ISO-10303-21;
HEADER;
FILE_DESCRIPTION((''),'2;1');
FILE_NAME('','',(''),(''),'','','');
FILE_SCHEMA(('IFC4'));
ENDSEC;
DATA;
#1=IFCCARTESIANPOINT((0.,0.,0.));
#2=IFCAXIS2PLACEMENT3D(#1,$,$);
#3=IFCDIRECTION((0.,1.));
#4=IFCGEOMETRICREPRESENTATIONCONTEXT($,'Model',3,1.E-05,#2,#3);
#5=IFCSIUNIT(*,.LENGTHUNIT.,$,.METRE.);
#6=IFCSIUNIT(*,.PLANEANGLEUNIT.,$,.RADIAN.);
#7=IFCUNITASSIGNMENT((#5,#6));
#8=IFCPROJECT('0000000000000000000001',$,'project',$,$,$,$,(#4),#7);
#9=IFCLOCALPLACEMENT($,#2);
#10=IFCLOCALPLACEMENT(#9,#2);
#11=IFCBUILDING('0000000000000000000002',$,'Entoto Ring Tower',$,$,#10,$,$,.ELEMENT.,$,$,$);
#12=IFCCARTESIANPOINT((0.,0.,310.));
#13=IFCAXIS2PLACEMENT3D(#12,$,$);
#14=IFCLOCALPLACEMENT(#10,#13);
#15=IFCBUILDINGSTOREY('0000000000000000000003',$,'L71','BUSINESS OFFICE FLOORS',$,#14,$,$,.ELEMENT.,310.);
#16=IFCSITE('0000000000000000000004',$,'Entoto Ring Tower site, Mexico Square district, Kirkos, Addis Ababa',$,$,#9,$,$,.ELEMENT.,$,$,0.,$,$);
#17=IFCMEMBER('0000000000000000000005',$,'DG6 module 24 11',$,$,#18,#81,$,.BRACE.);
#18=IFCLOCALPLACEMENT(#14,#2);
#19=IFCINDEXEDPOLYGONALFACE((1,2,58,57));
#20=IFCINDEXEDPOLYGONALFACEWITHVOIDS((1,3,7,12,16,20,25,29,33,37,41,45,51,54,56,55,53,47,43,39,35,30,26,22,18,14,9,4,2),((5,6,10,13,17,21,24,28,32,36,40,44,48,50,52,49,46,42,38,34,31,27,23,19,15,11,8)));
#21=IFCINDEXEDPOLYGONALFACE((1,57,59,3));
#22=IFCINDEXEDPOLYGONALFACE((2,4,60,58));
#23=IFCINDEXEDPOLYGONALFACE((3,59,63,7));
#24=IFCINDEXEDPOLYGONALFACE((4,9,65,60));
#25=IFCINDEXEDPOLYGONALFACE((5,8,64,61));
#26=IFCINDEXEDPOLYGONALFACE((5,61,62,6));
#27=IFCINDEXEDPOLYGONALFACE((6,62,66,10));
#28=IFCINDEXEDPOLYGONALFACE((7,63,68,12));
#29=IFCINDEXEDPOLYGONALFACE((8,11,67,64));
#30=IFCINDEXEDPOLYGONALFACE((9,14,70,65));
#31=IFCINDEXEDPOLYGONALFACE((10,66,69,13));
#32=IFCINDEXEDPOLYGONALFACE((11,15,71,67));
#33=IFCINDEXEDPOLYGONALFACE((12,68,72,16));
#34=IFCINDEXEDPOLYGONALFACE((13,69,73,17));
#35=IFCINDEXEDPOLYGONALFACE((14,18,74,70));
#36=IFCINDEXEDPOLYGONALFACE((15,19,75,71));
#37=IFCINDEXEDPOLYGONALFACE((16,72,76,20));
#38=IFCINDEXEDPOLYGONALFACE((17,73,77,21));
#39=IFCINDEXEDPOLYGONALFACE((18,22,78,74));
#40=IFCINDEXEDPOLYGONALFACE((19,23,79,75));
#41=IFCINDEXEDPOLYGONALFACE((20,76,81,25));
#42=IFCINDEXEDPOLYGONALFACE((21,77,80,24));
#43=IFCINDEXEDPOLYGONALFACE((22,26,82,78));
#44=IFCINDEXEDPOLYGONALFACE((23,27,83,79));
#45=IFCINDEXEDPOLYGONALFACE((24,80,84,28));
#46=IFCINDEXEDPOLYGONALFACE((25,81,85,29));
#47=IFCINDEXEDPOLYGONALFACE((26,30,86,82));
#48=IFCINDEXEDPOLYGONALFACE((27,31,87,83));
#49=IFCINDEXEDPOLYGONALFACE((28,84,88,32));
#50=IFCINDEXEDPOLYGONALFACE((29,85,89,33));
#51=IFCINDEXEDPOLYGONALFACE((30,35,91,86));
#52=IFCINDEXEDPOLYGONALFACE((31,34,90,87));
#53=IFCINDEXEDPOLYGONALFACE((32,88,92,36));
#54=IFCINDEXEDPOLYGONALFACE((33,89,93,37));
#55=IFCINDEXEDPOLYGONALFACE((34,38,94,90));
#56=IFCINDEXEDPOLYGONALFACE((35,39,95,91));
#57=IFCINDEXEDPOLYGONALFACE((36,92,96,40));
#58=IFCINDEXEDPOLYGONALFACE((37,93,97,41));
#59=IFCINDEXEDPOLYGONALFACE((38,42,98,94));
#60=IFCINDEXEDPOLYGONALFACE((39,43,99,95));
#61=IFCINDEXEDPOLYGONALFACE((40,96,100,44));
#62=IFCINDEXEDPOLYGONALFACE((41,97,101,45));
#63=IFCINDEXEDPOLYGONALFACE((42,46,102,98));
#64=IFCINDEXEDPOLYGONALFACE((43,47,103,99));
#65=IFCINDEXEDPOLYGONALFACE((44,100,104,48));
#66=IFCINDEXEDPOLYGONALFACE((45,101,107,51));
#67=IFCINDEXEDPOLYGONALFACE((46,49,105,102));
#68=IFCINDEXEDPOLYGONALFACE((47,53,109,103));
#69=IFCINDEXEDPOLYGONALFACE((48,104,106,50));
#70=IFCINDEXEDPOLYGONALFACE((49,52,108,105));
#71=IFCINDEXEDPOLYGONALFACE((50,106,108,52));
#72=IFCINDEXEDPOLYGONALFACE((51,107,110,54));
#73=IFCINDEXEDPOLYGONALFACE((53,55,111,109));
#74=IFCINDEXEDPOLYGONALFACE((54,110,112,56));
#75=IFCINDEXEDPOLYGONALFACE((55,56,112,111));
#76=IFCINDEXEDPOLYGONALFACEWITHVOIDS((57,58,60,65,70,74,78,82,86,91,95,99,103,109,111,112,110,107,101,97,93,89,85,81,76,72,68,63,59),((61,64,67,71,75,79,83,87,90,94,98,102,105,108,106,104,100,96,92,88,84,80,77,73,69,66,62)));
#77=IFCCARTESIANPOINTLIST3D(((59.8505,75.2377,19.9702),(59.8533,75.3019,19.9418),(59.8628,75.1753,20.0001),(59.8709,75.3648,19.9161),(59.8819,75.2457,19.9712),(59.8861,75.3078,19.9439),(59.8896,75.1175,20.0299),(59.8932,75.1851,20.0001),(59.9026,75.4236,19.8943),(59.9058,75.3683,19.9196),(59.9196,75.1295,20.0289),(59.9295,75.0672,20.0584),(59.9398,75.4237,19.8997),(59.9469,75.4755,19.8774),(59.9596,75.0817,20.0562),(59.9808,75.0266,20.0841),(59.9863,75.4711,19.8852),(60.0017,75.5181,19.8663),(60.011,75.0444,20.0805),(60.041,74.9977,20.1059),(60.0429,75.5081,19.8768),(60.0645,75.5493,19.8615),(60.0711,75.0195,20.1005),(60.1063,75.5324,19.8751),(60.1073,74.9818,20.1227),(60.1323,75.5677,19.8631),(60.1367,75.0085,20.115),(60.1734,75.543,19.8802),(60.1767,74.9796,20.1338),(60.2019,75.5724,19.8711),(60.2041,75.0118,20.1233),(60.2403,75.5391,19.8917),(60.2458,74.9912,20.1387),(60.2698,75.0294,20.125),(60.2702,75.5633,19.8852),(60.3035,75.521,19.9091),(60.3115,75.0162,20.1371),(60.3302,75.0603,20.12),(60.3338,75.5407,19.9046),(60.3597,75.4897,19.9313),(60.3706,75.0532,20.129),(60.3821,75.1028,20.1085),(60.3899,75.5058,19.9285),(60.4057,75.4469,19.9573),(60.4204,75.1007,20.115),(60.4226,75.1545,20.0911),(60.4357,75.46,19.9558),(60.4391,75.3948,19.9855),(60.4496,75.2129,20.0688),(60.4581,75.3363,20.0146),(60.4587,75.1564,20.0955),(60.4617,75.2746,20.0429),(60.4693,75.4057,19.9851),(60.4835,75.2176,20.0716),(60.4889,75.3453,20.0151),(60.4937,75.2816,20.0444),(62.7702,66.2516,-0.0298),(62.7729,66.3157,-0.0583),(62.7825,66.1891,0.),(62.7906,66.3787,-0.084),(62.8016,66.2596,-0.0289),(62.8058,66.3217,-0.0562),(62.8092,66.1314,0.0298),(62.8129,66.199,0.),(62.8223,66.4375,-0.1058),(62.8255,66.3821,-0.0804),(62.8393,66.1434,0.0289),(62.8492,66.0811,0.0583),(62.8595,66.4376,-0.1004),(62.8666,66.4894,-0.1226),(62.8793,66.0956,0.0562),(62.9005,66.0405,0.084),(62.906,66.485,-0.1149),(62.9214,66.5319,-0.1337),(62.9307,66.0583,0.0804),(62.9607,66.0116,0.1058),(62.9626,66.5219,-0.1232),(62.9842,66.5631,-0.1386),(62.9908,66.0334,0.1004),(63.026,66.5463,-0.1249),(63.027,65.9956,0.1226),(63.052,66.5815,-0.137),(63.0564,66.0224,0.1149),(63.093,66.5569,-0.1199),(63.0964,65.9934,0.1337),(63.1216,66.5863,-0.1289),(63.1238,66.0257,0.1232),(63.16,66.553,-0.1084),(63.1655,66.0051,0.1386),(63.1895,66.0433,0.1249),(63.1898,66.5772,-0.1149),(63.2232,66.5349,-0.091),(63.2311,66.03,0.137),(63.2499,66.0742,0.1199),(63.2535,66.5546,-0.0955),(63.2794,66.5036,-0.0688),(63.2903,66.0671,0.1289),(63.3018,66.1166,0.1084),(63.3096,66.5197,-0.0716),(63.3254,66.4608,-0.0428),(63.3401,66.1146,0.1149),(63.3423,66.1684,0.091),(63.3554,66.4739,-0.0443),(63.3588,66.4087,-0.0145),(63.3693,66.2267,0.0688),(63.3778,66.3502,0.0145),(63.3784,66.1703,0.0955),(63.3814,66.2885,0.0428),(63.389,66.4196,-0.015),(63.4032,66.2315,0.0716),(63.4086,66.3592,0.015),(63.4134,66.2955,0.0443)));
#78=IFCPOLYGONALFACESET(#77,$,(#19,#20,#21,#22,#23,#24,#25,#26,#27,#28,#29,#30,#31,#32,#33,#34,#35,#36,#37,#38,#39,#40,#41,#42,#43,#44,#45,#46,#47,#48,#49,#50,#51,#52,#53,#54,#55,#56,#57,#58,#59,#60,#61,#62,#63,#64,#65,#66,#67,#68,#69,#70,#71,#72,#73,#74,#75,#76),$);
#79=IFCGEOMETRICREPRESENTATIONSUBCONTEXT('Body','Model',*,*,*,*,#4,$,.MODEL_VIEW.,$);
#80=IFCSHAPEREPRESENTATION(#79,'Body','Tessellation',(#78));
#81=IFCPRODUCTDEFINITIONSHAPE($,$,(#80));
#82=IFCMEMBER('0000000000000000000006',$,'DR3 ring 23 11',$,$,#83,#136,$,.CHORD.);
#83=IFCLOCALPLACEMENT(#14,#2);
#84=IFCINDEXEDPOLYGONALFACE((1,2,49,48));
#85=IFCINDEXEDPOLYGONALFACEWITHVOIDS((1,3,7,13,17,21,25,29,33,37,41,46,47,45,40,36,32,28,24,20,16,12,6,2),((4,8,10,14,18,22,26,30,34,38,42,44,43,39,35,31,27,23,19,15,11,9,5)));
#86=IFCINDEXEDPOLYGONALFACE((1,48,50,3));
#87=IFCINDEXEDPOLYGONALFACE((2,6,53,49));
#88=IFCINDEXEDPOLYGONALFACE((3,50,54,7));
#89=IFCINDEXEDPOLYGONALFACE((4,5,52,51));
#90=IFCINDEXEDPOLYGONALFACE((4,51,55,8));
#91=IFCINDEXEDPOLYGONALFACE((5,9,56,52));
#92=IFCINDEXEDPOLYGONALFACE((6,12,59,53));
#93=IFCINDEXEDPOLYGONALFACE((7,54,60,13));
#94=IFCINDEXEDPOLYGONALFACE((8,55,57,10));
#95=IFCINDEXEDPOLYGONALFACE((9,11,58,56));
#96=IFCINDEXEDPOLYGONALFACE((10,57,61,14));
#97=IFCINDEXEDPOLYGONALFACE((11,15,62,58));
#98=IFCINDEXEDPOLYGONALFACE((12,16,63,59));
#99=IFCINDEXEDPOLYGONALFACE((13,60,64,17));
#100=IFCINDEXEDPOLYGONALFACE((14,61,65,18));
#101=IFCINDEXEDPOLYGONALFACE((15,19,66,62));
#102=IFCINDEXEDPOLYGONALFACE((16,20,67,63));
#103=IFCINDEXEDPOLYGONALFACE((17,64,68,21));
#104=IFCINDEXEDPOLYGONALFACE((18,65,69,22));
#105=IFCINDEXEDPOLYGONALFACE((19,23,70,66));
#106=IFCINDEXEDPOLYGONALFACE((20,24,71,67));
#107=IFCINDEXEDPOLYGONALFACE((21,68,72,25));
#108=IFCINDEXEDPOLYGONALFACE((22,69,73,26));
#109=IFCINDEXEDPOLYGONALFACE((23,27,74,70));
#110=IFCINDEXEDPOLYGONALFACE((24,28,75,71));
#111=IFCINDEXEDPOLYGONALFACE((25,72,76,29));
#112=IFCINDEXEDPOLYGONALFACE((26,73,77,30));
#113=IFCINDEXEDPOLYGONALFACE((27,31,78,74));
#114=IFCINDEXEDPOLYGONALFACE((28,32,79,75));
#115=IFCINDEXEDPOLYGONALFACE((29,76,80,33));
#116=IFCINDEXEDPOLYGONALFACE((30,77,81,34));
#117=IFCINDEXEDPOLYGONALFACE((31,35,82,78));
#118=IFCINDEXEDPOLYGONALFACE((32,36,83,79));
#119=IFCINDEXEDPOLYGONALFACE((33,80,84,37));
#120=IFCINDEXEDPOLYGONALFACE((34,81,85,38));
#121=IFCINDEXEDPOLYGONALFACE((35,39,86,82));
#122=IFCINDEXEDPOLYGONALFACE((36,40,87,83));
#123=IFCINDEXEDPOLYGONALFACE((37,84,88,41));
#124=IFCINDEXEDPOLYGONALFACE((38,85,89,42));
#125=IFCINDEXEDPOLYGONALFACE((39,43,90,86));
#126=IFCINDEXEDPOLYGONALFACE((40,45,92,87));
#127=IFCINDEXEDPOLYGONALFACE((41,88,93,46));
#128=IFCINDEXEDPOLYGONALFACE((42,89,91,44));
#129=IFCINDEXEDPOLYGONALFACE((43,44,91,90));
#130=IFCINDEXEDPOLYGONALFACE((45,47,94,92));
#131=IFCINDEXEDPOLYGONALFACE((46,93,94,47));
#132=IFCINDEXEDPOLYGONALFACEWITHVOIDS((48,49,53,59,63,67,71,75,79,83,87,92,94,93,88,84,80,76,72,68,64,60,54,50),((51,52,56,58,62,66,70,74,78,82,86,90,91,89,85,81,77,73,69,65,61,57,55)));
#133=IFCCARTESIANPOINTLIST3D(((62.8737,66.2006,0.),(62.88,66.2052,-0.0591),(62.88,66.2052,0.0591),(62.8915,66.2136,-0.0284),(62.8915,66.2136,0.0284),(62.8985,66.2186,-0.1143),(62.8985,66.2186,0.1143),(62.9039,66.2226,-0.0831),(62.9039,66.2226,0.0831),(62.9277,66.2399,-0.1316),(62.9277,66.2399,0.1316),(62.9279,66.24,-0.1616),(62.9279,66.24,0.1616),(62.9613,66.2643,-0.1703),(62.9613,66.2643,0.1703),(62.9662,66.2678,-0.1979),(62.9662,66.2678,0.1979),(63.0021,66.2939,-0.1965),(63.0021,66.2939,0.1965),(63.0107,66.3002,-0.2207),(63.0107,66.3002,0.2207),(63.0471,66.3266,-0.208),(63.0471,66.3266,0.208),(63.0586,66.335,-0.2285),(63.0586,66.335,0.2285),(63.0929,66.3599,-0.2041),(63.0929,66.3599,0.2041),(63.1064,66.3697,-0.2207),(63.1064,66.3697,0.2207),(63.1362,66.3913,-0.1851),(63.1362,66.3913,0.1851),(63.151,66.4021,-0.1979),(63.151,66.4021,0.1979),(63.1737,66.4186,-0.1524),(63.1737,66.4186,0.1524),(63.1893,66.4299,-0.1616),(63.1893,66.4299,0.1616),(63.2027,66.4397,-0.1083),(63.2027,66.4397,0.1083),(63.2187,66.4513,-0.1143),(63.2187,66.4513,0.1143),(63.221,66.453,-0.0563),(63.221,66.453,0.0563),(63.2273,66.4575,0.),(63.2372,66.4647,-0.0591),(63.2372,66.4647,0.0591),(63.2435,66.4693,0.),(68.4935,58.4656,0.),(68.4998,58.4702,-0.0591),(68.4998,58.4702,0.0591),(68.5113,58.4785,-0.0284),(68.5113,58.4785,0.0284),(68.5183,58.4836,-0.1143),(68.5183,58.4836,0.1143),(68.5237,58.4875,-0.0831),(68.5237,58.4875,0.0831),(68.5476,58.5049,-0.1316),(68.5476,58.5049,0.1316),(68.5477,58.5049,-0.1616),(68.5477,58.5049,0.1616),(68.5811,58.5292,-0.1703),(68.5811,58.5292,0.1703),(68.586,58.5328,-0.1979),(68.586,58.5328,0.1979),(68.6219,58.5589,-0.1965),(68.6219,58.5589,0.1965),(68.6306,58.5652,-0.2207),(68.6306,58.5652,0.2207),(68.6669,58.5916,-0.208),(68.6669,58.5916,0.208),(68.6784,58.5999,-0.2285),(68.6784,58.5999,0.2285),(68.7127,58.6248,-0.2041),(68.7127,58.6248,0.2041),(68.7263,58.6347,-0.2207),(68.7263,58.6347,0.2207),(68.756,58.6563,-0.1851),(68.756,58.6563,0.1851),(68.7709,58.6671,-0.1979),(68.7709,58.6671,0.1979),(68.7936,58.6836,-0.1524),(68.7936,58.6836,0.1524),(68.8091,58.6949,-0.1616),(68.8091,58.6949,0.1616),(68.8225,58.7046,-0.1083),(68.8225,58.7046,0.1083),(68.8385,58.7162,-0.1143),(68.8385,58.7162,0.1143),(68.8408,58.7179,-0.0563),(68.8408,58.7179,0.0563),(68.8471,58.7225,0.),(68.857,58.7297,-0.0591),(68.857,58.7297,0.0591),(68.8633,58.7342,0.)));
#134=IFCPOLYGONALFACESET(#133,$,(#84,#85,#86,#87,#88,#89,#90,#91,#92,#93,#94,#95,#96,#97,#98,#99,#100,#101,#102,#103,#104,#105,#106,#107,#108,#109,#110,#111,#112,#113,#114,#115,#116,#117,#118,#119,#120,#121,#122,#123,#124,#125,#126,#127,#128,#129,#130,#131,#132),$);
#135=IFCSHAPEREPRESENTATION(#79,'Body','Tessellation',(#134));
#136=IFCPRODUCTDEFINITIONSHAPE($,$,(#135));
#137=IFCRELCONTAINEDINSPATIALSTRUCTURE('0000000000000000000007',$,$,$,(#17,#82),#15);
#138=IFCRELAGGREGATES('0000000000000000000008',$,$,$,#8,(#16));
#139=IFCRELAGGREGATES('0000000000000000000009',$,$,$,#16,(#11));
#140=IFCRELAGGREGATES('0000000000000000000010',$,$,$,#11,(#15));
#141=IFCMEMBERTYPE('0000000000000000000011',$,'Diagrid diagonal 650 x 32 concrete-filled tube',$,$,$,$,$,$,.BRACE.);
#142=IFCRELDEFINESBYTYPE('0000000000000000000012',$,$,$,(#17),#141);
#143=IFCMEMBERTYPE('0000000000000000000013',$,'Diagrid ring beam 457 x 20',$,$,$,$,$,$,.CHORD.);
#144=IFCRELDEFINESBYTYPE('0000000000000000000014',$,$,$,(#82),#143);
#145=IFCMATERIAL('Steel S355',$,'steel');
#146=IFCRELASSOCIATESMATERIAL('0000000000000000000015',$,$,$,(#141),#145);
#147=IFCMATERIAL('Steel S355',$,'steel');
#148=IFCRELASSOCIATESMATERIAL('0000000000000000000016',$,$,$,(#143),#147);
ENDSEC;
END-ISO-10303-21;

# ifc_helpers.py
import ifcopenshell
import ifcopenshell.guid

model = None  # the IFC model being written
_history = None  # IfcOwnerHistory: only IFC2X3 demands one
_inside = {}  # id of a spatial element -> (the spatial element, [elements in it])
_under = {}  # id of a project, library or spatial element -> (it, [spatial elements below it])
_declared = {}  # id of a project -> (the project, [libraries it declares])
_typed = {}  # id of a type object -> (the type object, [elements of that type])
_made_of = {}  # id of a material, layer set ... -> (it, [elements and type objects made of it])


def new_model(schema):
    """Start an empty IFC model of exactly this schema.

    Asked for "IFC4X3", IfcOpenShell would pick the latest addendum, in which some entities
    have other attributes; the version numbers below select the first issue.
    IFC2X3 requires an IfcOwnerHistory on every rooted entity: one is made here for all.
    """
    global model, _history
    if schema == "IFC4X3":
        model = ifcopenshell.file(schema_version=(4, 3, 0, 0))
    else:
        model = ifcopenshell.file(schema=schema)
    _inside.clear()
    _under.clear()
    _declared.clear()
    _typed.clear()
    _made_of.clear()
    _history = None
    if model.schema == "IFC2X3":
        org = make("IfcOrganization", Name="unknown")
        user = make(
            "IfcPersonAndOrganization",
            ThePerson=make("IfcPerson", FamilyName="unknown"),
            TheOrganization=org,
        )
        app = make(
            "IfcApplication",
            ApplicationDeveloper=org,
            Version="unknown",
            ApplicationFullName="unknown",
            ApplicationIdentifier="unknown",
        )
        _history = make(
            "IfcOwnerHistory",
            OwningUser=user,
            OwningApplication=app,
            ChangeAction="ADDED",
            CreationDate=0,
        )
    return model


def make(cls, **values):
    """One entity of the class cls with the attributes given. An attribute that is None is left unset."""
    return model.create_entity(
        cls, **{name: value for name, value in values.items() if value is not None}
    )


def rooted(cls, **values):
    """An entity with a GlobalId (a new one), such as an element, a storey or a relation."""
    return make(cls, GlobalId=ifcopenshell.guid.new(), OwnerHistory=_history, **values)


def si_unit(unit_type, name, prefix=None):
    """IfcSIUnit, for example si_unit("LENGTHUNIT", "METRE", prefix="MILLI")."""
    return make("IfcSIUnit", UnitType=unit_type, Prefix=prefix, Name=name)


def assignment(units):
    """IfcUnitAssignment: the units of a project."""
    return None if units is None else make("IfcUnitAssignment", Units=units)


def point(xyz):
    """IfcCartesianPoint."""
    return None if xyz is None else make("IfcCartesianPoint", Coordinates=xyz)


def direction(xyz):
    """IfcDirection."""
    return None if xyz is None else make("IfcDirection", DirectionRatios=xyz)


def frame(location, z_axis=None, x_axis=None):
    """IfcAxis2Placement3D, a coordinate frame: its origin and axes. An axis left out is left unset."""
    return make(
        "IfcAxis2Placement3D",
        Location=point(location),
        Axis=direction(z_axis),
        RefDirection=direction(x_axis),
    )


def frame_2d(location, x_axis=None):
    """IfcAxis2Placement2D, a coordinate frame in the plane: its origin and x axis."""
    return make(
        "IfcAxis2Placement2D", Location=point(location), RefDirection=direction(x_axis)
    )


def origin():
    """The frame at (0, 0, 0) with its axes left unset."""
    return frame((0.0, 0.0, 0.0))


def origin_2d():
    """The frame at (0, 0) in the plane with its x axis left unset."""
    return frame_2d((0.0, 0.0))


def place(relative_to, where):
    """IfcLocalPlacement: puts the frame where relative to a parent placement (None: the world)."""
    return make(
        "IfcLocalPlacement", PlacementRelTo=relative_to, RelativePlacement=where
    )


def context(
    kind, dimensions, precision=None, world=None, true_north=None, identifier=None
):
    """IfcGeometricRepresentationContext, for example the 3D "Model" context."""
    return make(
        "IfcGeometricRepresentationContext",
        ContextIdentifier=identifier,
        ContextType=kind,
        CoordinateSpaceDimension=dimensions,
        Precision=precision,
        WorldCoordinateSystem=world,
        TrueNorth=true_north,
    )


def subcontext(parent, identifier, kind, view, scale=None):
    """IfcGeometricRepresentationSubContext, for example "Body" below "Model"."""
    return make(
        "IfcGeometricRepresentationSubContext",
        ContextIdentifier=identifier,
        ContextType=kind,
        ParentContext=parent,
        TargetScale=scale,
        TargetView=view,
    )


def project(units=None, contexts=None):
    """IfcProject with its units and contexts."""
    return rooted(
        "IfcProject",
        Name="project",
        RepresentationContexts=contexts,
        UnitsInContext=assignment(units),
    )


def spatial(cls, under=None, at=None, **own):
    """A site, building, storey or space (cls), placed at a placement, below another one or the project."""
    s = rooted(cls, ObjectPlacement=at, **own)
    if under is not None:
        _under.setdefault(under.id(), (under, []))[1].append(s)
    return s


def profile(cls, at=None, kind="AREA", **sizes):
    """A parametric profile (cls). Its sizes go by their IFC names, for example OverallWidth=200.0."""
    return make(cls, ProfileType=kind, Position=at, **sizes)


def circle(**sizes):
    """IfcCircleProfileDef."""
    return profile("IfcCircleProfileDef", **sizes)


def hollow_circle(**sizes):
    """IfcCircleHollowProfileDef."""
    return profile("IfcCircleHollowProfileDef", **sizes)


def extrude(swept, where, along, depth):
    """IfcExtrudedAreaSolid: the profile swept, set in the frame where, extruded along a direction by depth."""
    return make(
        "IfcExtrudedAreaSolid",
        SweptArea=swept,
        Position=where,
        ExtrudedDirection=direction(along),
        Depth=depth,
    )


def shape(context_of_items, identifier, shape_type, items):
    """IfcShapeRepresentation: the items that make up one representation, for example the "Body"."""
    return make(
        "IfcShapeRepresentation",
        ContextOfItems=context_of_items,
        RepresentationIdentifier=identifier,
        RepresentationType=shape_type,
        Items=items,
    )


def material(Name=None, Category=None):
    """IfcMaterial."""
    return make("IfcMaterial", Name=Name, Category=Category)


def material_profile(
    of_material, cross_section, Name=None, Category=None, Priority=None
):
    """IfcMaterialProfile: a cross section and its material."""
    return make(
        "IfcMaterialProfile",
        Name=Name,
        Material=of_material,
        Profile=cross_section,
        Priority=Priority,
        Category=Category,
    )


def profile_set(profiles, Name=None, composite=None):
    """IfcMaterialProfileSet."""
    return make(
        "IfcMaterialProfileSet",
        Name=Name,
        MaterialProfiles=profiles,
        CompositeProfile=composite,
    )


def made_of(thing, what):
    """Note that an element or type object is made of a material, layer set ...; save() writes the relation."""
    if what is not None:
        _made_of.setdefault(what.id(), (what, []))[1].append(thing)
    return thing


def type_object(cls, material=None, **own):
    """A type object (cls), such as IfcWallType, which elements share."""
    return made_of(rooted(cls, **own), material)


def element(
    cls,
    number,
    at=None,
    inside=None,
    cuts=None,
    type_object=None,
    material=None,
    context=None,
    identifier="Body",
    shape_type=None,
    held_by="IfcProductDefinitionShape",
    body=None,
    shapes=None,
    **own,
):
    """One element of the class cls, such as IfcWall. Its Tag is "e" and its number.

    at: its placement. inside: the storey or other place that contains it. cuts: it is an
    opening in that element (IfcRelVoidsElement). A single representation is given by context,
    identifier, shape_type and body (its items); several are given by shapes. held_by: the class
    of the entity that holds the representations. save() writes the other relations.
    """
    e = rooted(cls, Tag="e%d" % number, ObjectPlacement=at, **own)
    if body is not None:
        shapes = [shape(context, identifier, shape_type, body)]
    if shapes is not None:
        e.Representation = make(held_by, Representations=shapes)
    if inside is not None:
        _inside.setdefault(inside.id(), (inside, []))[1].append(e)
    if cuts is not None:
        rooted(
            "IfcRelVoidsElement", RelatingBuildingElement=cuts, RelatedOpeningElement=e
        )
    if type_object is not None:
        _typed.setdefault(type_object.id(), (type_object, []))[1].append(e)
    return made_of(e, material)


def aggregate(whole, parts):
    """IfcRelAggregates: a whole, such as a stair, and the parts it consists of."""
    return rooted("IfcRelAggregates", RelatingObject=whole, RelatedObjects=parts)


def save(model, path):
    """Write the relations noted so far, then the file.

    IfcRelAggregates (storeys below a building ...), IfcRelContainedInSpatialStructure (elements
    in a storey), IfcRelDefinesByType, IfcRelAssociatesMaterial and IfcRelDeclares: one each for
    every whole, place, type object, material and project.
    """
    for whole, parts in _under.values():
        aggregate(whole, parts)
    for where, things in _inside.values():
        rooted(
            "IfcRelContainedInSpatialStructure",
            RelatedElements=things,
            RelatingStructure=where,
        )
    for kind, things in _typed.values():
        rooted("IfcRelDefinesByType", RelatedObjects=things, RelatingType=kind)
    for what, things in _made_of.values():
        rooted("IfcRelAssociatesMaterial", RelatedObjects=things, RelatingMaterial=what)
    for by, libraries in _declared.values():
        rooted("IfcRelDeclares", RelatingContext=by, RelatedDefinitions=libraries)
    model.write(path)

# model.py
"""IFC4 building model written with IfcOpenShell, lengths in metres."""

from ifc_helpers import new_model, si_unit, direction, frame, origin, origin_2d, place, context, subcontext, project, spatial, circle, hollow_circle, extrude, material, material_profile, profile_set, type_object, element, save


model = new_model("IFC4")

# Units and contexts
model_context = context("Model", 3, precision=1e-05, world=origin(), true_north=direction((0.0, 1.0)))
body_context = subcontext(model_context, "Body", "Model", "MODEL_VIEW")
ifc_project = project(units=[si_unit("LENGTHUNIT", "METRE"), si_unit("PLANEANGLEUNIT", "RADIAN")], contexts=[model_context])

# Site, building, storey
site_placement = place(None, origin())
site = spatial("IfcSite", under=ifc_project, at=site_placement, Name="Entoto Ring Tower site, Mexico Square district, Kirkos, Addis Ababa", CompositionType="ELEMENT", RefElevation=0.0)
building_placement = place(site_placement, origin())
building = spatial("IfcBuilding", under=site, at=building_placement, Name="Entoto Ring Tower", CompositionType="ELEMENT")
storey_placement = place(building_placement, frame((0.0, 0.0, 310.0)))
storey = spatial("IfcBuildingStorey", under=building, at=storey_placement, Name="L71", Description="BUSINESS OFFICE FLOORS", CompositionType="ELEMENT", Elevation=310.0)

# Members
ifc_material_1 = material(Name="Steel S355", Category="steel")
ifc_material_profile_1 = material_profile(ifc_material_1, hollow_circle(Radius=0.325, WallThickness=0.032, at=origin_2d()), Name="CHS 650 x 32")
ifc_material_2 = material(Name="Concrete C60/75", Category="concrete")
ifc_material_profile_2 = material_profile(ifc_material_2, circle(Radius=0.293, at=origin_2d()), Name="Concrete C60/75 infill")
ifc_profile_set_1 = profile_set([ifc_material_profile_1, ifc_material_profile_2], Name="Steel S355")
member_type_1 = type_object("IfcMemberType", Name="Diagrid diagonal 650 x 32 concrete-filled tube", PredefinedType="BRACE", material=ifc_profile_set_1)
member_1_placement = place(storey_placement, frame((63.0916, 66.2896, 0.0), z_axis=(-0.131995, 0.406251, 0.904178), x_axis=(-0.951059, -0.30901, 0.0)))
element("IfcMember", 1, at=member_1_placement, inside=storey, type_object=member_type_1, Name="DG6 module 24 11", PredefinedType="BRACE", context=body_context, shape_type="SweptSolid", body=[
    extrude(hollow_circle(Radius=0.325, WallThickness=0.032, at=origin_2d()), origin(), (0.0, 0.0, 1.0), 22.1196),
])
ifc_material_3 = material(Name="Steel S355", Category="steel")
ifc_material_profile_3 = material_profile(ifc_material_3, hollow_circle(Radius=0.2285, WallThickness=0.02, at=origin_2d()), Name="CHS 457 x 20")
ifc_material_4 = material(Name="Concrete C60/75", Category="concrete")
ifc_material_profile_4 = material_profile(ifc_material_4, circle(Radius=0.2085, at=origin_2d()), Name="Concrete C60/75 infill")
ifc_profile_set_2 = profile_set([ifc_material_profile_3, ifc_material_profile_4], Name="Steel S355")
member_type_2 = type_object("IfcMemberType", Name="Diagrid ring beam 457 x 20", PredefinedType="CHORD", material=ifc_profile_set_2)
member_2_placement = place(storey_placement, frame((63.0586, 66.335, 0.0), z_axis=(0.587784, -0.809018, 0.0), x_axis=(0.809018, 0.587784, 0.0)))
element("IfcMember", 2, at=member_2_placement, inside=storey, type_object=member_type_2, Name="DR3 ring 23 11", PredefinedType="CHORD", context=body_context, shape_type="SweptSolid", body=[
    extrude(hollow_circle(Radius=0.2285, WallThickness=0.02, at=origin_2d()), origin(), (0.0, 0.0, 1.0), 9.561),
])

save(model, "model.ifc")
